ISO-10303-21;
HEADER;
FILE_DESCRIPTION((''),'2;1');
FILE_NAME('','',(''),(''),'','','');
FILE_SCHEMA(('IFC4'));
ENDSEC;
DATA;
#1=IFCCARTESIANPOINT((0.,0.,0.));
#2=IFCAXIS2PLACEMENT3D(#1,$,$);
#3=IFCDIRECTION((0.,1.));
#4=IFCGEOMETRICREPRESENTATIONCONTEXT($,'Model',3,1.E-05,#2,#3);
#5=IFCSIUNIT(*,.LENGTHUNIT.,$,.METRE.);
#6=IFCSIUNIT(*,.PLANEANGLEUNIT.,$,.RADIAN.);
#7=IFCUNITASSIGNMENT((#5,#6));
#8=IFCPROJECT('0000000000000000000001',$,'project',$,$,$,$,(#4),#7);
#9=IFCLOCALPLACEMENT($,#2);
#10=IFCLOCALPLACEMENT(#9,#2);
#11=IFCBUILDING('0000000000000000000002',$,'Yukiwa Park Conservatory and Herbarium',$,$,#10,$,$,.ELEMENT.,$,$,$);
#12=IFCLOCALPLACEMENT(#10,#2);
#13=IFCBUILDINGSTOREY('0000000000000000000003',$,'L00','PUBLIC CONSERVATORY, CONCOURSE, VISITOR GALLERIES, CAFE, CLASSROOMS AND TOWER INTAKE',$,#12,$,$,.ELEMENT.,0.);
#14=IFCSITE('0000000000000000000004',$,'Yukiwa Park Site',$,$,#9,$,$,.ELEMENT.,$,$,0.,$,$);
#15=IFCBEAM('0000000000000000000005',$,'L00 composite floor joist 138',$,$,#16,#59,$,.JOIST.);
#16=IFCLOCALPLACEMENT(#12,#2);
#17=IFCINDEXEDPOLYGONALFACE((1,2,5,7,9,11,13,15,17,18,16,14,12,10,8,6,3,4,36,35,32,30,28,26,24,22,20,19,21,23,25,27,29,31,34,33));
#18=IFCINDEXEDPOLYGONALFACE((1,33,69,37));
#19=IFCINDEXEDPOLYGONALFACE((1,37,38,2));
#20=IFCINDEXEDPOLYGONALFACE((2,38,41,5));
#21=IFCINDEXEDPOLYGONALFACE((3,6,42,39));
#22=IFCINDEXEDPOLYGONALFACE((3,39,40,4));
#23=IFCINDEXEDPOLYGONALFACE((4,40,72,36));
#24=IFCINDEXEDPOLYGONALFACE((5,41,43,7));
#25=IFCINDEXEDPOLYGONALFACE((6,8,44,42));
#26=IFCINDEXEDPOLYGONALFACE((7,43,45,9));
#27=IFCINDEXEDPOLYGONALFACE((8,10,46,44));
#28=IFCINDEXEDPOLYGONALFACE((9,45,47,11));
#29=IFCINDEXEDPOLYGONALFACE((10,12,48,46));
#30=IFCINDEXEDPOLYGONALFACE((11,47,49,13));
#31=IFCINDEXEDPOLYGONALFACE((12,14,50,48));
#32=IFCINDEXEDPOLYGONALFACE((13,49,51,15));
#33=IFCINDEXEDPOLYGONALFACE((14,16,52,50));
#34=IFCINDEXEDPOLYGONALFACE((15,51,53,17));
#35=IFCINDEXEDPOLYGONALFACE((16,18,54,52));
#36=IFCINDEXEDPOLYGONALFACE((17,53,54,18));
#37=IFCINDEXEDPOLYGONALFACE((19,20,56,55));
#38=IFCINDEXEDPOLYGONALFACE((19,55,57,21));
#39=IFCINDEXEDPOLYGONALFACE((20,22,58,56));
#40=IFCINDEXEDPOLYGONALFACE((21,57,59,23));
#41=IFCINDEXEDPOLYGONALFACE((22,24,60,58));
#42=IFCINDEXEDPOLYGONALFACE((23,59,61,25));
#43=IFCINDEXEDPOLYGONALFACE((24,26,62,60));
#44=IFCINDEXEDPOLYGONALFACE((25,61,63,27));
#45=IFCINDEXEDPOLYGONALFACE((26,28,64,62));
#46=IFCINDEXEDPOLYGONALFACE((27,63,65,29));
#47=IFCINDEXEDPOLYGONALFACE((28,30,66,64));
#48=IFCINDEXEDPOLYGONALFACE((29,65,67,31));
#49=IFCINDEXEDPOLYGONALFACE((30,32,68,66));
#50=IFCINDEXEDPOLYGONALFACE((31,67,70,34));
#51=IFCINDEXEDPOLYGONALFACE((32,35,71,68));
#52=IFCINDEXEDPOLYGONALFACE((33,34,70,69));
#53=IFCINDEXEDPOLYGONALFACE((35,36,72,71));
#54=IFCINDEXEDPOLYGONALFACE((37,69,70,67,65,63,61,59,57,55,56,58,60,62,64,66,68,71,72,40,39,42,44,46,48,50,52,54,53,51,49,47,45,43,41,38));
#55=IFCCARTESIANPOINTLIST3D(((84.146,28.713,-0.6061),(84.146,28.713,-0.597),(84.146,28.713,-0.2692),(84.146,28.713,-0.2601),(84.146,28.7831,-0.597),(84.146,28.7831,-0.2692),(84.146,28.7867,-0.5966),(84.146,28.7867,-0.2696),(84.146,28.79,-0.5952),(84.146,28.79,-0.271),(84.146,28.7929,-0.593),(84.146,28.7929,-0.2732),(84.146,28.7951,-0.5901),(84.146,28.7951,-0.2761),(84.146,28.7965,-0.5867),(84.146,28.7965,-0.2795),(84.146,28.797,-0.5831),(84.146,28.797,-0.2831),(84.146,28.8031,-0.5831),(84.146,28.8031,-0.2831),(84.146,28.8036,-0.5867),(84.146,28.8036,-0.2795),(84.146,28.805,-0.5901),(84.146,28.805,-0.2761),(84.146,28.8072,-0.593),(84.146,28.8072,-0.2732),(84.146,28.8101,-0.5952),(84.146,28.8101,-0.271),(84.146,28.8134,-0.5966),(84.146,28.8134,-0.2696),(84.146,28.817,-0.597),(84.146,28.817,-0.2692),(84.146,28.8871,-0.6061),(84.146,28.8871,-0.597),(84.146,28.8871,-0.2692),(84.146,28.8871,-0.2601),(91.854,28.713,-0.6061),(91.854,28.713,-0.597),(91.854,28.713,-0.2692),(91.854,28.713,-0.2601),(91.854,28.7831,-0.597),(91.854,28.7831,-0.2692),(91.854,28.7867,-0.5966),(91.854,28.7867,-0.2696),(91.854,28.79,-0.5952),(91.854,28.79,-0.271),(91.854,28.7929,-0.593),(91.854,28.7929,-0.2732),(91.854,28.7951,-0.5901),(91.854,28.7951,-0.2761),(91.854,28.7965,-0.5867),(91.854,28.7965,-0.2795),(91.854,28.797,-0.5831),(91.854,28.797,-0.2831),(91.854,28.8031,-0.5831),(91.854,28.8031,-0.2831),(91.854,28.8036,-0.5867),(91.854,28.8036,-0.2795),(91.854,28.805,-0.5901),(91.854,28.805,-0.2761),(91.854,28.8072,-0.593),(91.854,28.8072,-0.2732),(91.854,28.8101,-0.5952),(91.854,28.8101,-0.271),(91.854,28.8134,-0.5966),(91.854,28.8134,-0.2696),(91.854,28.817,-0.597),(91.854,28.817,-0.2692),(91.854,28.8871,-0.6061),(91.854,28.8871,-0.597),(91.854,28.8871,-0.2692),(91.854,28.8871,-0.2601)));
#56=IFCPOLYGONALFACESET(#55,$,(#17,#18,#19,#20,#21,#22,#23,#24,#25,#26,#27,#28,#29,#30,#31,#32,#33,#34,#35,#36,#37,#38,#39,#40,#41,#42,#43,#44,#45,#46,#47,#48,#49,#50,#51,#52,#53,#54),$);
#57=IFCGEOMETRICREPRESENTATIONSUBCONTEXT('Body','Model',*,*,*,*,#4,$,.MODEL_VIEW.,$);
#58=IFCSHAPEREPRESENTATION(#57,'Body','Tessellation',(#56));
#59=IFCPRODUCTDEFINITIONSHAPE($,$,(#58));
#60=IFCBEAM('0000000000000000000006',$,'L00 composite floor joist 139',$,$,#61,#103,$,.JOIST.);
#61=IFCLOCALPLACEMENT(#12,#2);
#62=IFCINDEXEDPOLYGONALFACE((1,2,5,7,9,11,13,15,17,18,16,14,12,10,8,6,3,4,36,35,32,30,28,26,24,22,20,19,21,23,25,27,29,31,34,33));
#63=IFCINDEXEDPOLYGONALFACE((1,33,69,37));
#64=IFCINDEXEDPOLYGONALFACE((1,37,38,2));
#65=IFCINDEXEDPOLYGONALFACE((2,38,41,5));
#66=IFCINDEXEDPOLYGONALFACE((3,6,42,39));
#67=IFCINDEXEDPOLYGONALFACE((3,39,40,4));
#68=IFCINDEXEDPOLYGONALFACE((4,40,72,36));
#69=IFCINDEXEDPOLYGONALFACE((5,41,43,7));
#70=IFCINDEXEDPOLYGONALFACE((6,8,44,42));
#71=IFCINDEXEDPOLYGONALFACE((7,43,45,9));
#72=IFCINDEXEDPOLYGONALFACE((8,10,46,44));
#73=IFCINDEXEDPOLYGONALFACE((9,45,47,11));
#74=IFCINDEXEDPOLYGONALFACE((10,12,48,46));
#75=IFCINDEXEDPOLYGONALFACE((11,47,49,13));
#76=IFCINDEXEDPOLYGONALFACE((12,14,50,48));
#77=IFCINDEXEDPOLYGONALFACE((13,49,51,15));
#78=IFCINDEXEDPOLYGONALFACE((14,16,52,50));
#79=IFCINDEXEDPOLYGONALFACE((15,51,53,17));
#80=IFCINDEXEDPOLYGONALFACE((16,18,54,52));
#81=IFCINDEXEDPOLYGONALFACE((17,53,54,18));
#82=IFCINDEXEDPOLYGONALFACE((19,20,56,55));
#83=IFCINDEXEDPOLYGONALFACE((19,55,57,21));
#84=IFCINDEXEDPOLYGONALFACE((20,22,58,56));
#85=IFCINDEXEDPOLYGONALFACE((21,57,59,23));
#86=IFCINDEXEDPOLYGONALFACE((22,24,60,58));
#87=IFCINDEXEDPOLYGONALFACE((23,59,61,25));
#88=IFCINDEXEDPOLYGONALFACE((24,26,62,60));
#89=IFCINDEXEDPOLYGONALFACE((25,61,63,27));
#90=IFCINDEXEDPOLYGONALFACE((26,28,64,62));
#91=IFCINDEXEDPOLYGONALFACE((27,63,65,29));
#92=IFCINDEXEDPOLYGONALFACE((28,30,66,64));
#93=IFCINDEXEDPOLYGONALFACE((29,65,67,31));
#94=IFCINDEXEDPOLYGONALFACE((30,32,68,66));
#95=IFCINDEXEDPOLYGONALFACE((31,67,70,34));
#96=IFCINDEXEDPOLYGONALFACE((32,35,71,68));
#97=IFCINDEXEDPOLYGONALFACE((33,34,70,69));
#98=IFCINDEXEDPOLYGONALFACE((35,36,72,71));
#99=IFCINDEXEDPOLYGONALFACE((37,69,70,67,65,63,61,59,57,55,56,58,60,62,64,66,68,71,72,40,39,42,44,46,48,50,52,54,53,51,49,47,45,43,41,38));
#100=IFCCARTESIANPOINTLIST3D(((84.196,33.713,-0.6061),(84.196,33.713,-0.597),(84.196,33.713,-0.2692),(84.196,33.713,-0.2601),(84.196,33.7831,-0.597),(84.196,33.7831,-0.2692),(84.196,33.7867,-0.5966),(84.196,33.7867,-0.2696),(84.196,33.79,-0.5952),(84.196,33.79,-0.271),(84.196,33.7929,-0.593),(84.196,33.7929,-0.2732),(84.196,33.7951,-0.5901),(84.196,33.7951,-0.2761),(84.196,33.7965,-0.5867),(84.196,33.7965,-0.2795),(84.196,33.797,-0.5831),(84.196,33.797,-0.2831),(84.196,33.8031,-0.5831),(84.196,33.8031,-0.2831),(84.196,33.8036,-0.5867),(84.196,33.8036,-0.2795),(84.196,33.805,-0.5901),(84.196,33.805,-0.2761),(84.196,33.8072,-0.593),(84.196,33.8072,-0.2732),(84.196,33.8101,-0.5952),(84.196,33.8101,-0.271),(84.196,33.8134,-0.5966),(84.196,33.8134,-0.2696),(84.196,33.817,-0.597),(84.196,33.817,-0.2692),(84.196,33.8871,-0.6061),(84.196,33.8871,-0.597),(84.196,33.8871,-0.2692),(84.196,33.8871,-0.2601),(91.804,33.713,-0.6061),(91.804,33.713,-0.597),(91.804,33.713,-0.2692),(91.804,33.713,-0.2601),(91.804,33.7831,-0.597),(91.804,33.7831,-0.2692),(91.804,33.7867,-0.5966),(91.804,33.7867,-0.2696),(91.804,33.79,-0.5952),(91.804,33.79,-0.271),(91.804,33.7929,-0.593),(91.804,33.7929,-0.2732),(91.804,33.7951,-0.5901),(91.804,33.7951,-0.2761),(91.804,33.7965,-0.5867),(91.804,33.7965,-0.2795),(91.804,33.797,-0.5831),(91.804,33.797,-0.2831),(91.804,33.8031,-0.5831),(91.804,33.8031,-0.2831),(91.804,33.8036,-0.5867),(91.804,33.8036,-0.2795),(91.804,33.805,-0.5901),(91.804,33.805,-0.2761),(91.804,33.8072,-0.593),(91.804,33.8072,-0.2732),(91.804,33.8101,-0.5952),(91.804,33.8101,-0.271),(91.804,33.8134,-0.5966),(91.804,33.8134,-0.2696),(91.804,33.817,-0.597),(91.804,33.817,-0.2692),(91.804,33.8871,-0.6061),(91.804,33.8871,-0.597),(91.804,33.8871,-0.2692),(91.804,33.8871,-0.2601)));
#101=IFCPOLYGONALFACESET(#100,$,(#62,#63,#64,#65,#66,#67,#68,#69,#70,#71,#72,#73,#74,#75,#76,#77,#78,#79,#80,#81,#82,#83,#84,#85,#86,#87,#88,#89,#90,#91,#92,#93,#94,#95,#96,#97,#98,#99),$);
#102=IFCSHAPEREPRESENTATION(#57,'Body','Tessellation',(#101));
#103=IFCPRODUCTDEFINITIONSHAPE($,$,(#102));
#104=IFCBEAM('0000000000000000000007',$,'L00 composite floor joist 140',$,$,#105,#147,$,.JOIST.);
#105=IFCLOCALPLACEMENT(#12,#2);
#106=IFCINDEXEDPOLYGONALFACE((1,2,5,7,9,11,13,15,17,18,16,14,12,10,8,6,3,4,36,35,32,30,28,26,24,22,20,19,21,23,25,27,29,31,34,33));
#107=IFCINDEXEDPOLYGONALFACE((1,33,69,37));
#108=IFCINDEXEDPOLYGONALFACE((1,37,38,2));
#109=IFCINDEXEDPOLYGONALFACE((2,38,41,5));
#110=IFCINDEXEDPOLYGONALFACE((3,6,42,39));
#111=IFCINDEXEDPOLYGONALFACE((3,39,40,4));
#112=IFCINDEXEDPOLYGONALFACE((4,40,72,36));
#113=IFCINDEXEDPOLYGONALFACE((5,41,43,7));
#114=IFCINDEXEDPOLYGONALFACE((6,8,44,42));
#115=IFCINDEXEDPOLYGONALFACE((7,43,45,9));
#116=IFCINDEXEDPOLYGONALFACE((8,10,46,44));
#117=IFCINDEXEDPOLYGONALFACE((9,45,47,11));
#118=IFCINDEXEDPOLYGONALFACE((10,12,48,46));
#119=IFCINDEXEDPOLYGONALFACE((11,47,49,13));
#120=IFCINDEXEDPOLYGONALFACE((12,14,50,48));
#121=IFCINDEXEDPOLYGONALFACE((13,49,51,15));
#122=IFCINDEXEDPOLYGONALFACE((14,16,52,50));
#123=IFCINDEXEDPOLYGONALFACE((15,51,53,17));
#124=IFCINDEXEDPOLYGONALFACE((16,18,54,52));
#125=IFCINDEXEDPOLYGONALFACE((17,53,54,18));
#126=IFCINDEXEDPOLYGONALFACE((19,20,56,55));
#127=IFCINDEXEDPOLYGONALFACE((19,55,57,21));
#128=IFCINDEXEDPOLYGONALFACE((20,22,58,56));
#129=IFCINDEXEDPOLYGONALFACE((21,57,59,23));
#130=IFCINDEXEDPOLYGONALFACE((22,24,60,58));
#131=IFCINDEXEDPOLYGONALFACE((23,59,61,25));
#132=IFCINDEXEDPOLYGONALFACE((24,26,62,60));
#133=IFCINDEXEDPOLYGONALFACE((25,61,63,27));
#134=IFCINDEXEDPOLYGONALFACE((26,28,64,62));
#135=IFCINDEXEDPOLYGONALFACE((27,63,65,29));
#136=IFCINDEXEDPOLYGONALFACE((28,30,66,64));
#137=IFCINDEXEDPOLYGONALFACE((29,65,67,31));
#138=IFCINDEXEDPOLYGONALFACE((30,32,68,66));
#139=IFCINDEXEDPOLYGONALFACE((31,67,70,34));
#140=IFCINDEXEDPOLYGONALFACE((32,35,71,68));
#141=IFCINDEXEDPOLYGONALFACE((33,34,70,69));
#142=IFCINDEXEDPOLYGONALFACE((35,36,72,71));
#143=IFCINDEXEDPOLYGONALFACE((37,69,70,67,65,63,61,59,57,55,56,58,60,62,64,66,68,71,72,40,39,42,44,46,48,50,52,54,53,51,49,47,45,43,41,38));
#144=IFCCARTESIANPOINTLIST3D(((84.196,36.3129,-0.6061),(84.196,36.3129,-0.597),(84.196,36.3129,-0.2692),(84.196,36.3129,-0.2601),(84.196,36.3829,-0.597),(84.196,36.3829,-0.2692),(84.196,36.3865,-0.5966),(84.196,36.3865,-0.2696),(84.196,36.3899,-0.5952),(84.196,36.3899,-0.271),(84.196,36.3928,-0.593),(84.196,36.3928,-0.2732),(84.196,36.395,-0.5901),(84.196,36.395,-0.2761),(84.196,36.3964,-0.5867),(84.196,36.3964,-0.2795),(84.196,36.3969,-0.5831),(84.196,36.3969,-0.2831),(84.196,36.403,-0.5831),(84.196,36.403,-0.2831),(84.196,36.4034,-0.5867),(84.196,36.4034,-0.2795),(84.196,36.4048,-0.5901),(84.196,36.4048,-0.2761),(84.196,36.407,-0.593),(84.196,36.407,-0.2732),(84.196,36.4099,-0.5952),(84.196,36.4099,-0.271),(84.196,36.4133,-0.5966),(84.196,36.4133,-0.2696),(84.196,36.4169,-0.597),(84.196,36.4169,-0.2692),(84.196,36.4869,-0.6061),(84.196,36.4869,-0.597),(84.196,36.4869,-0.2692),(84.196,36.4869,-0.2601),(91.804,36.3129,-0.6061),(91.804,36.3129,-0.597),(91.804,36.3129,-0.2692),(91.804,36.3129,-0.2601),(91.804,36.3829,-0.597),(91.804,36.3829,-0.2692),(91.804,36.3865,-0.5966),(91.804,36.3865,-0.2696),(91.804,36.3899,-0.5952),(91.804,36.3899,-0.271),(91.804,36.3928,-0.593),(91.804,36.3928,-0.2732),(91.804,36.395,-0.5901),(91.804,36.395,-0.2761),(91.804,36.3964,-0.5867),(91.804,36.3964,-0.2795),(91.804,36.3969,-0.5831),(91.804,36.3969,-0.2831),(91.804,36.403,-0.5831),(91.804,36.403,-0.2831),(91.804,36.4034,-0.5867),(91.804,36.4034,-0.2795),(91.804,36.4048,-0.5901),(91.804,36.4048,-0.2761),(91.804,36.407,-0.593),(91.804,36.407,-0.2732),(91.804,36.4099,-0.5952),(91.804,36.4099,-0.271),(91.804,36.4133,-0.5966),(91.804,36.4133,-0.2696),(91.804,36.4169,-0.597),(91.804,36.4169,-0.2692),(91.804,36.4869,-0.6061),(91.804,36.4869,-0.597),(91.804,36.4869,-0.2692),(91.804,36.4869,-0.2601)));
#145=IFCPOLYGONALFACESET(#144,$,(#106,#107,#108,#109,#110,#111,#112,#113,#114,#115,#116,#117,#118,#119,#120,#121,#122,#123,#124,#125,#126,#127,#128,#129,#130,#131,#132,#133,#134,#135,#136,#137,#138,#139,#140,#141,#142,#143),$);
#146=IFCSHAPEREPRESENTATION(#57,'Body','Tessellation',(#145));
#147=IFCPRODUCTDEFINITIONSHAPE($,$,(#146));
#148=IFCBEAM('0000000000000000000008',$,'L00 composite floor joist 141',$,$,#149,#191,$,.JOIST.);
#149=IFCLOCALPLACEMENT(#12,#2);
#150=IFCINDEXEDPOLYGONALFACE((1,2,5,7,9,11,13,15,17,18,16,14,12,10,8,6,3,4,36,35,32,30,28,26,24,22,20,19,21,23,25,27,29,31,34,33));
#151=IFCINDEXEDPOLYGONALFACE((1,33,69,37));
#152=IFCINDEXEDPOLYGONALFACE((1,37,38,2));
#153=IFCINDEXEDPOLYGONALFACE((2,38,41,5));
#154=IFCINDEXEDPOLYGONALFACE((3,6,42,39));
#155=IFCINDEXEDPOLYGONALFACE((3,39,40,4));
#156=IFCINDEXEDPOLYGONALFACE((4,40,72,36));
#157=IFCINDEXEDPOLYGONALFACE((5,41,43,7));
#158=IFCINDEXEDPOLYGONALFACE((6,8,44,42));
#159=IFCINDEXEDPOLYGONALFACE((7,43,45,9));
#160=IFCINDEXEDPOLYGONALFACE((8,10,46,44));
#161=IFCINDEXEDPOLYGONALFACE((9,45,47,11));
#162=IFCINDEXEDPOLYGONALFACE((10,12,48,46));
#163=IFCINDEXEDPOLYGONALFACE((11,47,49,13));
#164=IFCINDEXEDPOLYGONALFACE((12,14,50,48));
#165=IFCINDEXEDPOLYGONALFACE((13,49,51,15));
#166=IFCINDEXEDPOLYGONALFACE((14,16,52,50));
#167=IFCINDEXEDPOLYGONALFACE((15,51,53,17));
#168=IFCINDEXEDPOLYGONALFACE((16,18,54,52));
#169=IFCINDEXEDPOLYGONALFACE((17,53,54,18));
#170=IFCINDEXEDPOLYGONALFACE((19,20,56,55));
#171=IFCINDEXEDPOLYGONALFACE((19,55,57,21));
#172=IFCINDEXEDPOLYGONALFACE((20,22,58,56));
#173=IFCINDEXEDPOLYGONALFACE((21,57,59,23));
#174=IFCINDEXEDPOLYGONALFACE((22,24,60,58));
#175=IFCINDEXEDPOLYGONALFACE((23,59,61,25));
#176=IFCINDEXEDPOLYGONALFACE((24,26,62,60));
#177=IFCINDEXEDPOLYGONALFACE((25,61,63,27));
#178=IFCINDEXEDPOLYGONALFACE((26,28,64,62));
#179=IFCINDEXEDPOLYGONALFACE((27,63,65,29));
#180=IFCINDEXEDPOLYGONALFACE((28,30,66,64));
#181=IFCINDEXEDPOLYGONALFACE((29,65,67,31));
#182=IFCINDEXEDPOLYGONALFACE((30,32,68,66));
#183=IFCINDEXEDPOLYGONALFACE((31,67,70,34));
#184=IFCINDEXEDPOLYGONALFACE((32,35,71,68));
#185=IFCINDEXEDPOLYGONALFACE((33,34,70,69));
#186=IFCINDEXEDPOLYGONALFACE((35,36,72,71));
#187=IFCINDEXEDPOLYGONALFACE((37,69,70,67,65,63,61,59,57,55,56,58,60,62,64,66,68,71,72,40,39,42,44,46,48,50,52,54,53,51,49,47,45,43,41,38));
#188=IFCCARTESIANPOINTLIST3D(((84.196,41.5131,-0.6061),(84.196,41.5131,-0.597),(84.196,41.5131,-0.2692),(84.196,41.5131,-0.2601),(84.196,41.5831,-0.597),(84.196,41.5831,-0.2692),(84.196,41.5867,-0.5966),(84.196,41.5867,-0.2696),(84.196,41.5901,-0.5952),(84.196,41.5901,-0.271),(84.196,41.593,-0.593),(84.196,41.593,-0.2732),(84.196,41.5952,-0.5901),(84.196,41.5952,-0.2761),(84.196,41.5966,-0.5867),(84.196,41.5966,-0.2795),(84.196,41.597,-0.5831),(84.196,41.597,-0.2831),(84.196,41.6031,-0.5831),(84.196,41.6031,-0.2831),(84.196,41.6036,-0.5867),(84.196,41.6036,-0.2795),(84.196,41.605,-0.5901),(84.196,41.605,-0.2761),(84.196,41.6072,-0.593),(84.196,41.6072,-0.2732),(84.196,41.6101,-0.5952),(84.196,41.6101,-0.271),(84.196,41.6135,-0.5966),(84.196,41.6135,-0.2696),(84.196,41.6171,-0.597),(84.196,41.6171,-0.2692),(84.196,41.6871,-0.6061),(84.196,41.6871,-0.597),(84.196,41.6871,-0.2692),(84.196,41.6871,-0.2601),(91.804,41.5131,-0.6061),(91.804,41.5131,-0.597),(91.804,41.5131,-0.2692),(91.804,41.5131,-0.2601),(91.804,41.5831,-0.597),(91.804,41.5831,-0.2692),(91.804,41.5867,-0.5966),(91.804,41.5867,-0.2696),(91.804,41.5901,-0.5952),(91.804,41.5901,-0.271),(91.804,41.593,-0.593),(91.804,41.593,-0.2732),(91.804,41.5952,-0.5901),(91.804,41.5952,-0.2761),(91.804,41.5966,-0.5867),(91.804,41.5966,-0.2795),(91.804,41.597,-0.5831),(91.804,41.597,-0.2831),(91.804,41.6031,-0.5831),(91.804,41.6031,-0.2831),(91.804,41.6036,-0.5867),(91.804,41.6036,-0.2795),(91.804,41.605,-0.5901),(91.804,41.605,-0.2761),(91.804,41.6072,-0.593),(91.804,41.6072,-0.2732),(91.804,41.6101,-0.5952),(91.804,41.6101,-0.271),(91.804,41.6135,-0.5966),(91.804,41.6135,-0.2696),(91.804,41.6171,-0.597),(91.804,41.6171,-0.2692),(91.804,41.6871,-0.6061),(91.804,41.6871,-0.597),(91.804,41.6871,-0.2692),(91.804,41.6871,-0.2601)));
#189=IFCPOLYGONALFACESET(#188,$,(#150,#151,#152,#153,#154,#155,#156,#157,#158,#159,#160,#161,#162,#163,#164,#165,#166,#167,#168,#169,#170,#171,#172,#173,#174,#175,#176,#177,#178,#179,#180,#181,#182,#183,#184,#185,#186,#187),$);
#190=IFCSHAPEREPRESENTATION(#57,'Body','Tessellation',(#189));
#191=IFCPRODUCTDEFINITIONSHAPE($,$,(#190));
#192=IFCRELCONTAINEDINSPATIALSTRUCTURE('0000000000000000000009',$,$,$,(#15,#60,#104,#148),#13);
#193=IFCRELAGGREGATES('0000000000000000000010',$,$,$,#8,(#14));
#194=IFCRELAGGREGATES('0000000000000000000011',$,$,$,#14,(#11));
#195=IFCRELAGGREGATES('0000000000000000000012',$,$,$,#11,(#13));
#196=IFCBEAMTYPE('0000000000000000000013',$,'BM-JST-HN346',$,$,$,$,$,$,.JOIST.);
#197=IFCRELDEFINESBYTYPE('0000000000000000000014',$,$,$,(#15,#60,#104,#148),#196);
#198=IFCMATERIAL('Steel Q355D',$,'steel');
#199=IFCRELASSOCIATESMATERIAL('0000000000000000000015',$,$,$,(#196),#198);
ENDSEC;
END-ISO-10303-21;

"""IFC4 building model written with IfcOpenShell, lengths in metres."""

from ifc_helpers import new_model, si_unit, direction, frame, origin, origin_2d, place, context, subcontext, project, spatial, i_section, extrude, material, material_profile, profile_set, type_object, element, save


model = new_model("IFC4")

# Units and contexts
model_context = context("Model", 3, precision=1e-05, world=origin(), true_north=direction((0.0, 1.0)))
body_context = subcontext(model_context, "Body", "Model", "MODEL_VIEW")
ifc_project = project(units=[si_unit("LENGTHUNIT", "METRE"), si_unit("PLANEANGLEUNIT", "RADIAN")], contexts=[model_context])

# Site, building, storey
site_placement = place(None, origin())
site = spatial("IfcSite", under=ifc_project, at=site_placement, Name="Yukiwa Park Site", CompositionType="ELEMENT", RefElevation=0.0)
building_placement = place(site_placement, origin())
building = spatial("IfcBuilding", under=site, at=building_placement, Name="Yukiwa Park Conservatory and Herbarium", CompositionType="ELEMENT")
storey_placement = place(building_placement, origin())
storey = spatial("IfcBuildingStorey", under=building, at=storey_placement, Name="L00", Description="PUBLIC CONSERVATORY, CONCOURSE, VISITOR GALLERIES, CAFE, CLASSROOMS AND TOWER INTAKE", CompositionType="ELEMENT", Elevation=0.0)

# Beams
ifc_material_1 = material(Name="Steel Q355D", Category="steel")
ifc_material_profile_1 = material_profile(ifc_material_1, i_section(OverallWidth=0.1741, OverallDepth=0.3459, WebThickness=0.0061, FlangeThickness=0.009, FilletRadius=0.0139, at=origin_2d()), Name="HN 346x174x6x9")
ifc_profile_set_1 = profile_set([ifc_material_profile_1], Name="Steel Q355D")
beam_type_1 = type_object("IfcBeamType", Name="BM-JST-HN346", PredefinedType="JOIST", material=ifc_profile_set_1)
beam_1_placement = place(storey_placement, frame((84.146, 28.8, -0.4331), z_axis=(1.0, 0.0, 0.0), x_axis=(0.0, 1.0, 0.0)))
element("IfcBeam", 1, at=beam_1_placement, inside=storey, type_object=beam_type_1, Name="L00 composite floor joist 138", PredefinedType="JOIST", context=body_context, shape_type="SweptSolid", body=[
    extrude(i_section(OverallWidth=0.1741, OverallDepth=0.3459, WebThickness=0.0061, FlangeThickness=0.009, FilletRadius=0.0139, at=origin_2d()), origin(), (0.0, 0.0, 1.0), 7.708),
])
for number, where, z_axis, x_axis, name in (
    (2, (84.196, 33.8, -0.4331), (1.0, 0.0, 0.0), (0.0, 1.0, 0.0), "L00 composite floor joist 139"),
    (3, (84.196, 36.3999, -0.4331), (1.0, 0.0, 0.0), (0.0, 1.0, 0.0), "L00 composite floor joist 140"),
    (4, (84.196, 41.6001, -0.4331), (1.0, 0.0, 0.0), (0.0, 1.0, 0.0), "L00 composite floor joist 141"),
):
    element("IfcBeam", number, at=place(storey_placement, frame(where, z_axis=z_axis, x_axis=x_axis)), inside=storey, type_object=beam_type_1, Name=name, PredefinedType="JOIST", context=body_context, shape_type="SweptSolid", body=[
        extrude(i_section(OverallWidth=0.1741, OverallDepth=0.3459, WebThickness=0.0061, FlangeThickness=0.009, FilletRadius=0.0139, at=origin_2d()), origin(), (0.0, 0.0, 1.0), 7.6079),
    ])

save(model, "model.ifc")
